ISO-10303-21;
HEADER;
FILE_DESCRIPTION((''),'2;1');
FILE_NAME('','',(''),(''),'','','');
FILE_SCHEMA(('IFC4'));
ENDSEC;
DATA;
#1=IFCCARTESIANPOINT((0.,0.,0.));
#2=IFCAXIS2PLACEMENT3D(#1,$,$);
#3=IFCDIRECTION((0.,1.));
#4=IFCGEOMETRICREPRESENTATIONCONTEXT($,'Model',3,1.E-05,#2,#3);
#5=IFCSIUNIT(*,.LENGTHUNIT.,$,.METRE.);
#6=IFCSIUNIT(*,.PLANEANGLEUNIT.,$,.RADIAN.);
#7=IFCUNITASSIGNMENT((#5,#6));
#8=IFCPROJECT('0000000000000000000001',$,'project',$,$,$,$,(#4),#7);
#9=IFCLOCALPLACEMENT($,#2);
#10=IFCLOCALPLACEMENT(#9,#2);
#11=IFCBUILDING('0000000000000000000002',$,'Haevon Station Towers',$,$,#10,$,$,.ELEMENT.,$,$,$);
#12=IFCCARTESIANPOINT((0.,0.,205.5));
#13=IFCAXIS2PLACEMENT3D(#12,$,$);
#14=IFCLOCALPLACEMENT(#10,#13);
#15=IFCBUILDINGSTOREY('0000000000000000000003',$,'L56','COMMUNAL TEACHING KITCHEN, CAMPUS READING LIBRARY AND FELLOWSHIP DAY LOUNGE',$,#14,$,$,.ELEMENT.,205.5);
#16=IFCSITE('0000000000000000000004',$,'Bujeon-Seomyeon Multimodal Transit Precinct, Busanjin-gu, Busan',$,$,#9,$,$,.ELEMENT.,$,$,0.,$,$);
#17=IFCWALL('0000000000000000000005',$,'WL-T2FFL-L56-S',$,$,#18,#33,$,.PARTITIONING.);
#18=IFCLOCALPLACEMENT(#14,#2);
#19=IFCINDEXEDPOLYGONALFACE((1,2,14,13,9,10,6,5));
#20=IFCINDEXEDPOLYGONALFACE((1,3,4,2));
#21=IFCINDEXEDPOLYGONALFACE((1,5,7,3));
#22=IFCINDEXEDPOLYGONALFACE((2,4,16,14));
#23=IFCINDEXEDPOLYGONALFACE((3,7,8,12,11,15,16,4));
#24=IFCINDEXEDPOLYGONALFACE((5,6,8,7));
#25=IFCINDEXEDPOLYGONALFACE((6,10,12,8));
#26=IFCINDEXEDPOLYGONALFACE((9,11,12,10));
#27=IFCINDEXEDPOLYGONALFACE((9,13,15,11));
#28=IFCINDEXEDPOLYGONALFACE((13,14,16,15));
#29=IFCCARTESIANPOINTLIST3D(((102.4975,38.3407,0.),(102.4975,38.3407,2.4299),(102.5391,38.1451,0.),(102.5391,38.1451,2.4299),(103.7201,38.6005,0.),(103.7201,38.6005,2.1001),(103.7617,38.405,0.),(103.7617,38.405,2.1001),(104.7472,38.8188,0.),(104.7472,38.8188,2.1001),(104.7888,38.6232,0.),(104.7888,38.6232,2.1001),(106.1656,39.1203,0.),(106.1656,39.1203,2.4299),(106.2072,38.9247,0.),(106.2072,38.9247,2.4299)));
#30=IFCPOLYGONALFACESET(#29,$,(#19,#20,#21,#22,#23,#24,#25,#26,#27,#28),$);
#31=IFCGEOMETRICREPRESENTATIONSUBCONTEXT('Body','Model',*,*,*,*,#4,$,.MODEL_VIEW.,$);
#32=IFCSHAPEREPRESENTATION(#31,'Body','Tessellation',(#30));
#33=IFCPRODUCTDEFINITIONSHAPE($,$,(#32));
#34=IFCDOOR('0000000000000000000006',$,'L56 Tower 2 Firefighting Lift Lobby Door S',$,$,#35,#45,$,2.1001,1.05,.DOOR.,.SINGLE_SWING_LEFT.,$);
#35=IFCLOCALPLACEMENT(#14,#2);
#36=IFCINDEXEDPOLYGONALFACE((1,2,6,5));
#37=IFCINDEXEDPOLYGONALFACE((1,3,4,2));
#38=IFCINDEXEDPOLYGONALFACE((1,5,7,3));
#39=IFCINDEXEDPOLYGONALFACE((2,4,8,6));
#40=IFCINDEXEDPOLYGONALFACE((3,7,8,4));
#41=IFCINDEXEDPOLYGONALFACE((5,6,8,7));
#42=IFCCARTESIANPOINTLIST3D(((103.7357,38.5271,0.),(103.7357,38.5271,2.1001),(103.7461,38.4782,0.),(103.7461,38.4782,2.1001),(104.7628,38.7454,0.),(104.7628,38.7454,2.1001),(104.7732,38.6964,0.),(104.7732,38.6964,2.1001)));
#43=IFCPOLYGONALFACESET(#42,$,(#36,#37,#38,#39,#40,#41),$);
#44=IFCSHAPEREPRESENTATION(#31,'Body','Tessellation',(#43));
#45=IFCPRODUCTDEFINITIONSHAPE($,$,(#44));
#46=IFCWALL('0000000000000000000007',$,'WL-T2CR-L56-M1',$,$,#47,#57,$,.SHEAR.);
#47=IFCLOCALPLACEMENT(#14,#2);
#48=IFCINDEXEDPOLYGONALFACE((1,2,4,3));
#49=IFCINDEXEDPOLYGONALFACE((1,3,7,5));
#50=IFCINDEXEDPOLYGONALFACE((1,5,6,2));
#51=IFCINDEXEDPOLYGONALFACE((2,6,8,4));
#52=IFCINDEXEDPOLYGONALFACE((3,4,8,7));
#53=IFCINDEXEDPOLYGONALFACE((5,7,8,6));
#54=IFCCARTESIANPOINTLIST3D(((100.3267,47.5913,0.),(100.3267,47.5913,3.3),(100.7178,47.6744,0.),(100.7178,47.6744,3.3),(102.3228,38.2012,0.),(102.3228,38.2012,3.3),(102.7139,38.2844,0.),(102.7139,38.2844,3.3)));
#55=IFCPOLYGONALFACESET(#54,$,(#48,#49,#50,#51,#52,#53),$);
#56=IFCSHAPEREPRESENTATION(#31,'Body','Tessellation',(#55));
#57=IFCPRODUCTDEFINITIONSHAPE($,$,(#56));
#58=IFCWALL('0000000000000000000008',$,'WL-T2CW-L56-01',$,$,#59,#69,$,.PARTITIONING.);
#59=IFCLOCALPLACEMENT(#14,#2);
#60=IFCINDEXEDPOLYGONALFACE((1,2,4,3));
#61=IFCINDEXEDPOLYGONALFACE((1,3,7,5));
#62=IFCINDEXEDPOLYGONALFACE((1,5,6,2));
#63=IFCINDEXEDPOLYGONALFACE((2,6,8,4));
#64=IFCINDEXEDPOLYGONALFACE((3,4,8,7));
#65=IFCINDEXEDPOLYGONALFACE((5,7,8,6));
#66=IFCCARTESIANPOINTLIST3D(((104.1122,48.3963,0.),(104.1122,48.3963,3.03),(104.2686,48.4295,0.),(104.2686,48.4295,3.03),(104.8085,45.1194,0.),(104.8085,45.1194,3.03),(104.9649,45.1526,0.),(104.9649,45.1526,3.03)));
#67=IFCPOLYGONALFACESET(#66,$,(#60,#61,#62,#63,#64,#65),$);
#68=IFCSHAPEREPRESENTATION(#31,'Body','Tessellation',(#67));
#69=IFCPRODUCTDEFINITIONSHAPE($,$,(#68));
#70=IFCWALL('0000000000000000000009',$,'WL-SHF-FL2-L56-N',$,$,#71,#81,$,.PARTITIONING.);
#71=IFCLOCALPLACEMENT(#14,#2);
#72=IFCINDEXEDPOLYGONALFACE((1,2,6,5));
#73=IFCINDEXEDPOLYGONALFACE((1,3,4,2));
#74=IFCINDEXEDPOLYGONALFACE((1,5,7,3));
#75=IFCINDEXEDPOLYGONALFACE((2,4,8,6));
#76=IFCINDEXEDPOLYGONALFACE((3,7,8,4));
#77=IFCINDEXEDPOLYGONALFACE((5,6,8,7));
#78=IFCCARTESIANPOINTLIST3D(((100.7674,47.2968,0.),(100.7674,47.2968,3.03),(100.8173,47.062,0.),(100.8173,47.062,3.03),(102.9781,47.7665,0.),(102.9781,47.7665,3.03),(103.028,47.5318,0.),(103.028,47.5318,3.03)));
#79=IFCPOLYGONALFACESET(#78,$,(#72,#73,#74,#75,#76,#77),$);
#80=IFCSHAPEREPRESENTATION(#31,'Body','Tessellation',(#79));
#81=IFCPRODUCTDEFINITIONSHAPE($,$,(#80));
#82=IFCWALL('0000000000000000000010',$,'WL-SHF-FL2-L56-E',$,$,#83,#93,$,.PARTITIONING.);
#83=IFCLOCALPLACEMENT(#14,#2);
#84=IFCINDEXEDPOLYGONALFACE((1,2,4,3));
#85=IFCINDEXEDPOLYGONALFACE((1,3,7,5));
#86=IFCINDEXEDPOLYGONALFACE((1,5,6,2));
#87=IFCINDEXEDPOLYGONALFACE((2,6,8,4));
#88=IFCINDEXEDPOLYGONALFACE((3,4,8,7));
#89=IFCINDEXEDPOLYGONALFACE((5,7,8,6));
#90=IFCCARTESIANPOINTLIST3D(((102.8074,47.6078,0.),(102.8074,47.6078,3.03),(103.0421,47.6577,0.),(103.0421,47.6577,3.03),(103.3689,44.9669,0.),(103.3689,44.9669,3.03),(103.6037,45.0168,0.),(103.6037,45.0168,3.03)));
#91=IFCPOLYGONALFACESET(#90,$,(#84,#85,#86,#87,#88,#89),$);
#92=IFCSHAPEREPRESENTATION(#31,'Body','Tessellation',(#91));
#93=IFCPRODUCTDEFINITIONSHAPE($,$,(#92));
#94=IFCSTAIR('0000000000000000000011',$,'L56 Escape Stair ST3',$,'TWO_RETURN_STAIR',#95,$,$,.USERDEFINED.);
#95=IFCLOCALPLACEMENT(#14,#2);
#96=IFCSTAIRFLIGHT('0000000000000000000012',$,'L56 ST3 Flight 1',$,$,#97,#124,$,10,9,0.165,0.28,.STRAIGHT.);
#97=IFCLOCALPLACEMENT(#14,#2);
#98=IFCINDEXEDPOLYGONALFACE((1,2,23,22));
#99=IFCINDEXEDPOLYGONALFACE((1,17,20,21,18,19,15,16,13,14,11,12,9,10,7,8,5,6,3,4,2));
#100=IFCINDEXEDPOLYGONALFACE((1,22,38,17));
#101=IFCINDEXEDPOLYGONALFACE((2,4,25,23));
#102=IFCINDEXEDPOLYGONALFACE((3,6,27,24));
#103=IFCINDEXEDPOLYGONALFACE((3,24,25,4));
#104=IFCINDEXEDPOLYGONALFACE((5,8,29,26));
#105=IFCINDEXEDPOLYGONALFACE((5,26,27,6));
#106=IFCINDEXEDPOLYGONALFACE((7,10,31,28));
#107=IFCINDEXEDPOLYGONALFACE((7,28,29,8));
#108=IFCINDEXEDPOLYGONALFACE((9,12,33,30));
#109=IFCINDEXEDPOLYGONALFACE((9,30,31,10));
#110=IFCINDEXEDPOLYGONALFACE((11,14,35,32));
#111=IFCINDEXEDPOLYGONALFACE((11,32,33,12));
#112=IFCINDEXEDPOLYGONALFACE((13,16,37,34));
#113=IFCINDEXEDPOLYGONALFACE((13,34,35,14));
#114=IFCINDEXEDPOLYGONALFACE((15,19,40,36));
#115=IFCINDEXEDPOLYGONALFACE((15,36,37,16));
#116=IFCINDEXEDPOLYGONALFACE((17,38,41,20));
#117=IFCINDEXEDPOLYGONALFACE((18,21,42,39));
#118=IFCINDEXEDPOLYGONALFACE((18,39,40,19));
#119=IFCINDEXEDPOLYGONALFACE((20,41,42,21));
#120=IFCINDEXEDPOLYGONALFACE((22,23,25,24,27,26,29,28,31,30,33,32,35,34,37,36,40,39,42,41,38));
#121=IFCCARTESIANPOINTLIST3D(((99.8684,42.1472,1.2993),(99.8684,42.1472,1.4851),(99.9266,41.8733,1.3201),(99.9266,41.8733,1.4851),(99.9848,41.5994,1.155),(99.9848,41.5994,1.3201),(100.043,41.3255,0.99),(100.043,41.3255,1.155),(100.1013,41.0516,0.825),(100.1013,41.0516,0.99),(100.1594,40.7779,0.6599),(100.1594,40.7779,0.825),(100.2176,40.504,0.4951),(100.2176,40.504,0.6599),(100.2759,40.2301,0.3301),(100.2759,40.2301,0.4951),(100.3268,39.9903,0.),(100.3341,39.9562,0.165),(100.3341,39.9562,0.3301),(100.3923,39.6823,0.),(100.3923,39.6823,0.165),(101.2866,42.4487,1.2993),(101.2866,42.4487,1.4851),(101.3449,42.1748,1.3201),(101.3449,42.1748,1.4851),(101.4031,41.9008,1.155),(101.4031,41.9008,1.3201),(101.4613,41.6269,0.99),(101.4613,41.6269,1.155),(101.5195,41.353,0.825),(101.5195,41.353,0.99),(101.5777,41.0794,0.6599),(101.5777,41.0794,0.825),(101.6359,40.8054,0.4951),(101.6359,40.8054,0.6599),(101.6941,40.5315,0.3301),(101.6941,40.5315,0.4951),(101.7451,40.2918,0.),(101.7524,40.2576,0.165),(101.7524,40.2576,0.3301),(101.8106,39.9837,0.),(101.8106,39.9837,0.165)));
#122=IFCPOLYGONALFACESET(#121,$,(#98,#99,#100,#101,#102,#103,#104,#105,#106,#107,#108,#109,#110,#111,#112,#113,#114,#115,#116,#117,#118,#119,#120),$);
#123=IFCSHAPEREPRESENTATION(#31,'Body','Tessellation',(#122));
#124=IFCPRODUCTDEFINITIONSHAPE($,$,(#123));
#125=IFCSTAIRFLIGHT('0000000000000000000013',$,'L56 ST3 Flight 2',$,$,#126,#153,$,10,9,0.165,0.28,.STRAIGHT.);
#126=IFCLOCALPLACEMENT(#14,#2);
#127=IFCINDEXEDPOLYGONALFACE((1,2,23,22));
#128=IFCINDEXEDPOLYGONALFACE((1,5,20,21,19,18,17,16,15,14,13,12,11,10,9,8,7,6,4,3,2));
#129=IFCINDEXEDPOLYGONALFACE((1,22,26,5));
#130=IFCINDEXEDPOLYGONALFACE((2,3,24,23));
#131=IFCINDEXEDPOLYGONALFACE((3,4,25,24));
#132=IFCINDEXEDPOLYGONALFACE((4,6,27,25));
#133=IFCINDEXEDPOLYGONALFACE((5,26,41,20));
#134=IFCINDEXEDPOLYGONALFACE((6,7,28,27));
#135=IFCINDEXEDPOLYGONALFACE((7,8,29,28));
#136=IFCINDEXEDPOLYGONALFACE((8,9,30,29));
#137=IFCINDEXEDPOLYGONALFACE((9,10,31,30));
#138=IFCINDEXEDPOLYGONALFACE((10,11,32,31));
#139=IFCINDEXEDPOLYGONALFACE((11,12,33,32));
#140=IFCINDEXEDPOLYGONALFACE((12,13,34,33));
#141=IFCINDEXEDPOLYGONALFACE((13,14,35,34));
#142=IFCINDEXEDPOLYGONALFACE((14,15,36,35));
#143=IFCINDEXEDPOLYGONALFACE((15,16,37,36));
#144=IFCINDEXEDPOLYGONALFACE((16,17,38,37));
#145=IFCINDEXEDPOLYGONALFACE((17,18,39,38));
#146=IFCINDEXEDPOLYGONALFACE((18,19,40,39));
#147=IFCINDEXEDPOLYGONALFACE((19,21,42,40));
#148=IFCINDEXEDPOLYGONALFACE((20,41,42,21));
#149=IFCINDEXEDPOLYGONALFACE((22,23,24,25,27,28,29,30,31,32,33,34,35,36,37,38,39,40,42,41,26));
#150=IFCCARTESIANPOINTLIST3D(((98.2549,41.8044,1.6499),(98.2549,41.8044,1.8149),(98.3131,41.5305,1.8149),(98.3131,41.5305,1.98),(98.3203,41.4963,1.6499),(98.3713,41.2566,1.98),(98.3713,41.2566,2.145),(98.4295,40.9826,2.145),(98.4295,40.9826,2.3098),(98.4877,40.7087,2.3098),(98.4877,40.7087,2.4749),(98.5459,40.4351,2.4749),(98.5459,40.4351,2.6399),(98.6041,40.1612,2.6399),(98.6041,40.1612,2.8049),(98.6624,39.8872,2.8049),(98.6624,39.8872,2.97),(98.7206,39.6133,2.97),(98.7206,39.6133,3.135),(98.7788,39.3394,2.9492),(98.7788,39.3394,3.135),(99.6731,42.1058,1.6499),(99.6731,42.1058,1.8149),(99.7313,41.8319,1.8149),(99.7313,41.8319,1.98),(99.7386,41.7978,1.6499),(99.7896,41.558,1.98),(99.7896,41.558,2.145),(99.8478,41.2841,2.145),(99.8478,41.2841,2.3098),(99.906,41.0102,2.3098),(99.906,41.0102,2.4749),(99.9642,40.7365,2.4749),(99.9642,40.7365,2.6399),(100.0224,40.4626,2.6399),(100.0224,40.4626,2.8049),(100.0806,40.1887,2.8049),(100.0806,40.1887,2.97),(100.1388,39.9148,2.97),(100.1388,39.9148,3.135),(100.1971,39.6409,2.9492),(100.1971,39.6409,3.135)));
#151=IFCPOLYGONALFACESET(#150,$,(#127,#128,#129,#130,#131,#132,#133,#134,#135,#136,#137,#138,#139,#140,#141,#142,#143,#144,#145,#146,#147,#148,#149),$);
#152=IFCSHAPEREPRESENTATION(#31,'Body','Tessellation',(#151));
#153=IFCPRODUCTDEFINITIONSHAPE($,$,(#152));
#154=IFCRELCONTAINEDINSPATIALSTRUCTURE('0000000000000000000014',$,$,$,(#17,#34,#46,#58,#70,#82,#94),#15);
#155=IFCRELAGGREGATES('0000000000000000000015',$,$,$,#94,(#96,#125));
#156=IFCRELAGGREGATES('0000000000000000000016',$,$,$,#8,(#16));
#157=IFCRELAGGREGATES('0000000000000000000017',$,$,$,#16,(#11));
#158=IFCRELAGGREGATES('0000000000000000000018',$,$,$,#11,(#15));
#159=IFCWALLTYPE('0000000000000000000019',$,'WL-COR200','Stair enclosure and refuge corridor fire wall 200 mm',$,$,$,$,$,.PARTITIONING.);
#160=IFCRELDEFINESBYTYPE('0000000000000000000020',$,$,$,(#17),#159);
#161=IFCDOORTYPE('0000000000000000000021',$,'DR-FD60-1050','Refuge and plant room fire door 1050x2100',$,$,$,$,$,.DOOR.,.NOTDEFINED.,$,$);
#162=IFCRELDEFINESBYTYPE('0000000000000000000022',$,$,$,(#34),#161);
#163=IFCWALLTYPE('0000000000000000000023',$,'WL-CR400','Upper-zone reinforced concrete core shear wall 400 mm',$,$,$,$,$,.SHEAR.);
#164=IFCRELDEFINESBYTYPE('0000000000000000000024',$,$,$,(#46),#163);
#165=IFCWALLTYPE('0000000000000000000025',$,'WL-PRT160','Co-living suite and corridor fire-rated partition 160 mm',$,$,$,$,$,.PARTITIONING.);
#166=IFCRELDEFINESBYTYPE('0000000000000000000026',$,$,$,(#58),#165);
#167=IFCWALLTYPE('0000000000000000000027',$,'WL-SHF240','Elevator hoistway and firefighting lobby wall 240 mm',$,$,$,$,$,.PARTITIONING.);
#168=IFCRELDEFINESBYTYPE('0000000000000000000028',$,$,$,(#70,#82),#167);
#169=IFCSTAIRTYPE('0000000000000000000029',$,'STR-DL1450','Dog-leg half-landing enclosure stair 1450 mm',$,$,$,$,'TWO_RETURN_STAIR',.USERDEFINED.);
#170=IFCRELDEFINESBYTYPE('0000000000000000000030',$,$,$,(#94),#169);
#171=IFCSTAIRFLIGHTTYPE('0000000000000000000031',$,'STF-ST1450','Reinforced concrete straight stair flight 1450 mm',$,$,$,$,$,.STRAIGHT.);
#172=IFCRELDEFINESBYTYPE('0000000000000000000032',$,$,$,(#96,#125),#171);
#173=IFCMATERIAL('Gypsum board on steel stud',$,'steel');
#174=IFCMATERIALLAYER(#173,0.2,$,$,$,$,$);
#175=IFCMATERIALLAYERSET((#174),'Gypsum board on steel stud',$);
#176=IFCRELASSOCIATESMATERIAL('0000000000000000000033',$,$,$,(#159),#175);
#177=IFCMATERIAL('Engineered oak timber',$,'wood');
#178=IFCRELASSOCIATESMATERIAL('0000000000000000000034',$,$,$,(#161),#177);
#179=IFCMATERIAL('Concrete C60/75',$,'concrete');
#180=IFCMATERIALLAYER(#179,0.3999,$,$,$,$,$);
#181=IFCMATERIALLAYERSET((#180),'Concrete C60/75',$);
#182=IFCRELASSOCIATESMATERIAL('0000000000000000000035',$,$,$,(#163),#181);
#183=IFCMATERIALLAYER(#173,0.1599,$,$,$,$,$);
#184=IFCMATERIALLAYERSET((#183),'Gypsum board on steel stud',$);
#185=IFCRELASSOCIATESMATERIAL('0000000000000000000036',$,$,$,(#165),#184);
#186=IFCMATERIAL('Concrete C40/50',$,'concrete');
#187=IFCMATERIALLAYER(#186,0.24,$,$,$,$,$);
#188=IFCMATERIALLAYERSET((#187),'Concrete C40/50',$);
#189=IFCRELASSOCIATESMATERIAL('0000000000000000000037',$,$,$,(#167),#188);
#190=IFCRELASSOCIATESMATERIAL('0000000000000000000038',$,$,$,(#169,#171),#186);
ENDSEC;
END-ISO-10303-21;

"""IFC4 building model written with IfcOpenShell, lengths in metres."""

from ifc_helpers import new_model, si_unit, direction, frame, frame_2d, origin, place, context, subcontext, project, spatial, polyline, rectangle, outline, extrude, material, layer, layer_set, type_object, element, fill, aggregate, save


model = new_model("IFC4")

# Units and contexts
model_context = context("Model", 3, precision=1e-05, world=origin(), true_north=direction((0.0, 1.0)))
body_context = subcontext(model_context, "Body", "Model", "MODEL_VIEW")
ifc_project = project(units=[si_unit("LENGTHUNIT", "METRE"), si_unit("PLANEANGLEUNIT", "RADIAN")], contexts=[model_context])

# Site, building, storey
site_placement = place(None, origin())
site = spatial("IfcSite", under=ifc_project, at=site_placement, Name="Bujeon-Seomyeon Multimodal Transit Precinct, Busanjin-gu, Busan", CompositionType="ELEMENT", RefElevation=0.0)
building_placement = place(site_placement, origin())
building = spatial("IfcBuilding", under=site, at=building_placement, Name="Haevon Station Towers", CompositionType="ELEMENT")
storey_placement = place(building_placement, frame((0.0, 0.0, 205.5)))
storey = spatial("IfcBuildingStorey", under=building, at=storey_placement, Name="L56", Description="COMMUNAL TEACHING KITCHEN, CAMPUS READING LIBRARY AND FELLOWSHIP DAY LOUNGE", CompositionType="ELEMENT", Elevation=205.5)

# Wall, opening, door
ifc_material_1 = material(Name="Gypsum board on steel stud", Category="steel")
ifc_layer_1 = layer(ifc_material_1, 0.2)
ifc_layer_set_1 = layer_set([ifc_layer_1], Name="Gypsum board on steel stud")
wall_type_1 = type_object("IfcWallType", Name="WL-COR200", Description="Stair enclosure and refuge corridor fire wall 200 mm", PredefinedType="PARTITIONING", material=ifc_layer_set_1)
wall_1_placement = place(storey_placement, frame((102.5183, 38.2429, 0.0), z_axis=(0.0, 0.0, 1.0), x_axis=(0.978154, 0.207884, 0.0)))
wall_1 = element("IfcWall", 1, at=wall_1_placement, inside=storey, type_object=wall_type_1, Name="WL-T2FFL-L56-S", PredefinedType="PARTITIONING", context=body_context, shape_type="SweptSolid", body=[
    extrude(rectangle(XDim=3.75, YDim=0.2, at=frame_2d((1.875, 0.0))), origin(), (0.0, 0.0, 1.0), 2.4299),
])
opening_1_placement = place(wall_1_placement, frame((1.25, 0.0, 0.0)))
opening_1 = element("IfcOpeningElement", 2, at=opening_1_placement, cuts=wall_1, PredefinedType="OPENING", context=body_context, shape_type="SweptSolid", body=[
    extrude(rectangle(XDim=1.05, YDim=2.1001, at=frame_2d((0.5249, 1.05))), frame((0.0, 0.1099, 0.0), z_axis=(0.0, -1.0, 0.0), x_axis=(1.0, 0.0, 0.0)), (0.0, 0.0, 1.0), 0.22),
])
ifc_material_2 = material(Name="Engineered oak timber", Category="wood")
door_type_1 = type_object("IfcDoorType", Name="DR-FD60-1050", Description="Refuge and plant room fire door 1050x2100", OperationType="NOTDEFINED", PredefinedType="DOOR", material=ifc_material_2)
door_1_placement = place(opening_1_placement, origin())
door_1 = element("IfcDoor", 3, at=door_1_placement, inside=storey, type_object=door_type_1, Name="L56 Tower 2 Firefighting Lift Lobby Door S", OperationType="SINGLE_SWING_LEFT", OverallHeight=2.1001, OverallWidth=1.05, PredefinedType="DOOR", context=body_context, shape_type="SweptSolid", body=[
    extrude(rectangle(XDim=1.05, YDim=2.1001, at=frame_2d((0.5249, 1.05))), frame((0.0, 0.0249, 0.0), z_axis=(0.0, -1.0, 0.0), x_axis=(1.0, 0.0, 0.0)), (0.0, 0.0, 1.0), 0.05),
])
fill(opening_1, door_1)

# Walls
ifc_material_3 = material(Name="Concrete C60/75", Category="concrete")
ifc_layer_2 = layer(ifc_material_3, 0.3999)
ifc_layer_set_2 = layer_set([ifc_layer_2], Name="Concrete C60/75")
wall_type_2 = type_object("IfcWallType", Name="WL-CR400", Description="Upper-zone reinforced concrete core shear wall 400 mm", PredefinedType="SHEAR", material=ifc_layer_set_2)
wall_2_placement = place(storey_placement, frame((102.5183, 38.2429, 0.0), z_axis=(0.0, 0.0, 1.0), x_axis=(-0.207927, 0.978144, 0.0)))
element("IfcWall", 4, at=wall_2_placement, inside=storey, type_object=wall_type_2, Name="WL-T2CR-L56-M1", PredefinedType="SHEAR", context=body_context, shape_type="SweptSolid", body=[
    extrude(rectangle(XDim=9.5999, YDim=0.3999, at=frame_2d((4.7998, 0.0))), origin(), (0.0, 0.0, 1.0), 3.3),
])
ifc_layer_3 = layer(ifc_material_1, 0.1599)
ifc_layer_set_3 = layer_set([ifc_layer_3], Name="Gypsum board on steel stud")
wall_type_3 = type_object("IfcWallType", Name="WL-PRT160", Description="Co-living suite and corridor fire-rated partition 160 mm", PredefinedType="PARTITIONING", material=ifc_layer_set_3)
wall_3_placement = place(storey_placement, frame((104.8867, 45.136, 0.0), z_axis=(0.0, 0.0, 1.0), x_axis=(-0.207847, 0.978161, 0.0)))
element("IfcWall", 5, at=wall_3_placement, inside=storey, type_object=wall_type_3, Name="WL-T2CW-L56-01", PredefinedType="PARTITIONING", context=body_context, shape_type="SweptSolid", body=[
    extrude(rectangle(XDim=3.3501, YDim=0.1599, at=frame_2d((1.675, 0.0))), origin(), (0.0, 0.0, 1.0), 3.03),
])

# Shared definitions
ifc_material_4 = material(Name="Concrete C40/50", Category="concrete")
ifc_layer_4 = layer(ifc_material_4, 0.24)
ifc_layer_set_4 = layer_set([ifc_layer_4], Name="Concrete C40/50")
wall_type_4 = type_object("IfcWallType", Name="WL-SHF240", Description="Elevator hoistway and firefighting lobby wall 240 mm", PredefinedType="PARTITIONING", material=ifc_layer_set_4)

# Walls
wall_4_placement = place(storey_placement, frame((100.7925, 47.1794, 0.0), z_axis=(0.0, 0.0, 1.0), x_axis=(0.978163, 0.207839, 0.0)))
element("IfcWall", 6, at=wall_4_placement, inside=storey, type_object=wall_type_4, Name="WL-SHF-FL2-L56-N", PredefinedType="PARTITIONING", context=body_context, shape_type="SweptSolid", body=[
    extrude(rectangle(XDim=2.26, YDim=0.24, at=frame_2d((1.1299, 0.0))), origin(), (0.0, 0.0, 1.0), 3.03),
])
wall_5_placement = place(storey_placement, frame((103.4863, 44.9917, 0.0), z_axis=(0.0, 0.0, 1.0), x_axis=(-0.207979, 0.978133, 0.0)))
element("IfcWall", 7, at=wall_5_placement, inside=storey, type_object=wall_type_4, Name="WL-SHF-FL2-L56-E", PredefinedType="PARTITIONING", context=body_context, shape_type="SweptSolid", body=[
    extrude(rectangle(XDim=2.7, YDim=0.24, at=frame_2d((1.3501, 0.0))), origin(), (0.0, 0.0, 1.0), 3.03),
])

# Stair, stair flights
stair_type = type_object("IfcStairType", Name="STR-DL1450", Description="Dog-leg half-landing enclosure stair 1450 mm", ElementType="TWO_RETURN_STAIR", PredefinedType="USERDEFINED", material=ifc_material_4)
stair_placement = place(storey_placement, origin())
stair = element("IfcStair", 8, at=stair_placement, inside=storey, type_object=stair_type, Name="L56 Escape Stair ST3", ObjectType="TWO_RETURN_STAIR", PredefinedType="USERDEFINED")
stair_flight_type = type_object("IfcStairFlightType", Name="STF-ST1450", Description="Reinforced concrete straight stair flight 1450 mm", PredefinedType="STRAIGHT", material=ifc_material_4)
stair_flight_1_placement = place(storey_placement, frame((101.1016, 39.833, 0.0), z_axis=(0.0, 0.0, 1.0), x_axis=(-0.207912, 0.978148, 0.0)))
stair_flight_1 = element("IfcStairFlight", 9, at=stair_flight_1_placement, type_object=stair_flight_type, Name="L56 ST3 Flight 1", NumberOfRisers=10, NumberOfTreads=9, PredefinedType="STRAIGHT", RiserHeight=0.165, TreadLength=0.28, context=body_context, shape_type="SweptSolid", body=[
    extrude(outline(polyline([(0.0, 0.0), (0.0, 0.165), (0.28, 0.165), (0.28, 0.3301), (0.5601, 0.3301), (0.5601, 0.4951), (0.8401, 0.4951), (0.8401, 0.6599), (1.1201, 0.6599), (1.1201, 0.825), (1.3999, 0.825), (1.3999, 0.99), (1.6799, 0.99), (1.6799, 1.155), (1.96, 1.155), (1.96, 1.3201), (2.24, 1.3201), (2.24, 1.4851), (2.52, 1.4851), (2.52, 1.6499), (2.52, 1.2993), (0.3149, 0.0), (0.0, 0.0)])), frame((0.0, 0.7251, 0.0), z_axis=(0.0, -1.0, 0.0), x_axis=(1.0, 0.0, 0.0)), (0.0, 0.0, 1.0), 1.45),
])
stair_flight_2_placement = place(storey_placement, frame((98.9639, 41.9551, 1.6499), z_axis=(0.0, 0.0, 1.0), x_axis=(0.207912, -0.978148, 0.0)))
stair_flight_2 = element("IfcStairFlight", 10, at=stair_flight_2_placement, type_object=stair_flight_type, Name="L56 ST3 Flight 2", NumberOfRisers=10, NumberOfTreads=9, PredefinedType="STRAIGHT", RiserHeight=0.165, TreadLength=0.28, context=body_context, shape_type="SweptSolid", body=[
    extrude(outline(polyline([(0.0, 0.0), (0.0, 0.165), (0.28, 0.165), (0.28, 0.3301), (0.5601, 0.3301), (0.5601, 0.4951), (0.8401, 0.4951), (0.8401, 0.6599), (1.1201, 0.6599), (1.1201, 0.825), (1.3999, 0.825), (1.3999, 0.99), (1.6799, 0.99), (1.6799, 1.155), (1.96, 1.155), (1.96, 1.3201), (2.24, 1.3201), (2.24, 1.4851), (2.52, 1.4851), (2.52, 1.6499), (2.52, 1.2993), (0.3149, 0.0), (0.0, 0.0)])), frame((0.0, 0.7251, 0.0), z_axis=(0.0, -1.0, 0.0), x_axis=(1.0, 0.0, 0.0)), (0.0, 0.0, 1.0), 1.45),
])
aggregate(stair, [stair_flight_1, stair_flight_2])

save(model, "model.ifc")
